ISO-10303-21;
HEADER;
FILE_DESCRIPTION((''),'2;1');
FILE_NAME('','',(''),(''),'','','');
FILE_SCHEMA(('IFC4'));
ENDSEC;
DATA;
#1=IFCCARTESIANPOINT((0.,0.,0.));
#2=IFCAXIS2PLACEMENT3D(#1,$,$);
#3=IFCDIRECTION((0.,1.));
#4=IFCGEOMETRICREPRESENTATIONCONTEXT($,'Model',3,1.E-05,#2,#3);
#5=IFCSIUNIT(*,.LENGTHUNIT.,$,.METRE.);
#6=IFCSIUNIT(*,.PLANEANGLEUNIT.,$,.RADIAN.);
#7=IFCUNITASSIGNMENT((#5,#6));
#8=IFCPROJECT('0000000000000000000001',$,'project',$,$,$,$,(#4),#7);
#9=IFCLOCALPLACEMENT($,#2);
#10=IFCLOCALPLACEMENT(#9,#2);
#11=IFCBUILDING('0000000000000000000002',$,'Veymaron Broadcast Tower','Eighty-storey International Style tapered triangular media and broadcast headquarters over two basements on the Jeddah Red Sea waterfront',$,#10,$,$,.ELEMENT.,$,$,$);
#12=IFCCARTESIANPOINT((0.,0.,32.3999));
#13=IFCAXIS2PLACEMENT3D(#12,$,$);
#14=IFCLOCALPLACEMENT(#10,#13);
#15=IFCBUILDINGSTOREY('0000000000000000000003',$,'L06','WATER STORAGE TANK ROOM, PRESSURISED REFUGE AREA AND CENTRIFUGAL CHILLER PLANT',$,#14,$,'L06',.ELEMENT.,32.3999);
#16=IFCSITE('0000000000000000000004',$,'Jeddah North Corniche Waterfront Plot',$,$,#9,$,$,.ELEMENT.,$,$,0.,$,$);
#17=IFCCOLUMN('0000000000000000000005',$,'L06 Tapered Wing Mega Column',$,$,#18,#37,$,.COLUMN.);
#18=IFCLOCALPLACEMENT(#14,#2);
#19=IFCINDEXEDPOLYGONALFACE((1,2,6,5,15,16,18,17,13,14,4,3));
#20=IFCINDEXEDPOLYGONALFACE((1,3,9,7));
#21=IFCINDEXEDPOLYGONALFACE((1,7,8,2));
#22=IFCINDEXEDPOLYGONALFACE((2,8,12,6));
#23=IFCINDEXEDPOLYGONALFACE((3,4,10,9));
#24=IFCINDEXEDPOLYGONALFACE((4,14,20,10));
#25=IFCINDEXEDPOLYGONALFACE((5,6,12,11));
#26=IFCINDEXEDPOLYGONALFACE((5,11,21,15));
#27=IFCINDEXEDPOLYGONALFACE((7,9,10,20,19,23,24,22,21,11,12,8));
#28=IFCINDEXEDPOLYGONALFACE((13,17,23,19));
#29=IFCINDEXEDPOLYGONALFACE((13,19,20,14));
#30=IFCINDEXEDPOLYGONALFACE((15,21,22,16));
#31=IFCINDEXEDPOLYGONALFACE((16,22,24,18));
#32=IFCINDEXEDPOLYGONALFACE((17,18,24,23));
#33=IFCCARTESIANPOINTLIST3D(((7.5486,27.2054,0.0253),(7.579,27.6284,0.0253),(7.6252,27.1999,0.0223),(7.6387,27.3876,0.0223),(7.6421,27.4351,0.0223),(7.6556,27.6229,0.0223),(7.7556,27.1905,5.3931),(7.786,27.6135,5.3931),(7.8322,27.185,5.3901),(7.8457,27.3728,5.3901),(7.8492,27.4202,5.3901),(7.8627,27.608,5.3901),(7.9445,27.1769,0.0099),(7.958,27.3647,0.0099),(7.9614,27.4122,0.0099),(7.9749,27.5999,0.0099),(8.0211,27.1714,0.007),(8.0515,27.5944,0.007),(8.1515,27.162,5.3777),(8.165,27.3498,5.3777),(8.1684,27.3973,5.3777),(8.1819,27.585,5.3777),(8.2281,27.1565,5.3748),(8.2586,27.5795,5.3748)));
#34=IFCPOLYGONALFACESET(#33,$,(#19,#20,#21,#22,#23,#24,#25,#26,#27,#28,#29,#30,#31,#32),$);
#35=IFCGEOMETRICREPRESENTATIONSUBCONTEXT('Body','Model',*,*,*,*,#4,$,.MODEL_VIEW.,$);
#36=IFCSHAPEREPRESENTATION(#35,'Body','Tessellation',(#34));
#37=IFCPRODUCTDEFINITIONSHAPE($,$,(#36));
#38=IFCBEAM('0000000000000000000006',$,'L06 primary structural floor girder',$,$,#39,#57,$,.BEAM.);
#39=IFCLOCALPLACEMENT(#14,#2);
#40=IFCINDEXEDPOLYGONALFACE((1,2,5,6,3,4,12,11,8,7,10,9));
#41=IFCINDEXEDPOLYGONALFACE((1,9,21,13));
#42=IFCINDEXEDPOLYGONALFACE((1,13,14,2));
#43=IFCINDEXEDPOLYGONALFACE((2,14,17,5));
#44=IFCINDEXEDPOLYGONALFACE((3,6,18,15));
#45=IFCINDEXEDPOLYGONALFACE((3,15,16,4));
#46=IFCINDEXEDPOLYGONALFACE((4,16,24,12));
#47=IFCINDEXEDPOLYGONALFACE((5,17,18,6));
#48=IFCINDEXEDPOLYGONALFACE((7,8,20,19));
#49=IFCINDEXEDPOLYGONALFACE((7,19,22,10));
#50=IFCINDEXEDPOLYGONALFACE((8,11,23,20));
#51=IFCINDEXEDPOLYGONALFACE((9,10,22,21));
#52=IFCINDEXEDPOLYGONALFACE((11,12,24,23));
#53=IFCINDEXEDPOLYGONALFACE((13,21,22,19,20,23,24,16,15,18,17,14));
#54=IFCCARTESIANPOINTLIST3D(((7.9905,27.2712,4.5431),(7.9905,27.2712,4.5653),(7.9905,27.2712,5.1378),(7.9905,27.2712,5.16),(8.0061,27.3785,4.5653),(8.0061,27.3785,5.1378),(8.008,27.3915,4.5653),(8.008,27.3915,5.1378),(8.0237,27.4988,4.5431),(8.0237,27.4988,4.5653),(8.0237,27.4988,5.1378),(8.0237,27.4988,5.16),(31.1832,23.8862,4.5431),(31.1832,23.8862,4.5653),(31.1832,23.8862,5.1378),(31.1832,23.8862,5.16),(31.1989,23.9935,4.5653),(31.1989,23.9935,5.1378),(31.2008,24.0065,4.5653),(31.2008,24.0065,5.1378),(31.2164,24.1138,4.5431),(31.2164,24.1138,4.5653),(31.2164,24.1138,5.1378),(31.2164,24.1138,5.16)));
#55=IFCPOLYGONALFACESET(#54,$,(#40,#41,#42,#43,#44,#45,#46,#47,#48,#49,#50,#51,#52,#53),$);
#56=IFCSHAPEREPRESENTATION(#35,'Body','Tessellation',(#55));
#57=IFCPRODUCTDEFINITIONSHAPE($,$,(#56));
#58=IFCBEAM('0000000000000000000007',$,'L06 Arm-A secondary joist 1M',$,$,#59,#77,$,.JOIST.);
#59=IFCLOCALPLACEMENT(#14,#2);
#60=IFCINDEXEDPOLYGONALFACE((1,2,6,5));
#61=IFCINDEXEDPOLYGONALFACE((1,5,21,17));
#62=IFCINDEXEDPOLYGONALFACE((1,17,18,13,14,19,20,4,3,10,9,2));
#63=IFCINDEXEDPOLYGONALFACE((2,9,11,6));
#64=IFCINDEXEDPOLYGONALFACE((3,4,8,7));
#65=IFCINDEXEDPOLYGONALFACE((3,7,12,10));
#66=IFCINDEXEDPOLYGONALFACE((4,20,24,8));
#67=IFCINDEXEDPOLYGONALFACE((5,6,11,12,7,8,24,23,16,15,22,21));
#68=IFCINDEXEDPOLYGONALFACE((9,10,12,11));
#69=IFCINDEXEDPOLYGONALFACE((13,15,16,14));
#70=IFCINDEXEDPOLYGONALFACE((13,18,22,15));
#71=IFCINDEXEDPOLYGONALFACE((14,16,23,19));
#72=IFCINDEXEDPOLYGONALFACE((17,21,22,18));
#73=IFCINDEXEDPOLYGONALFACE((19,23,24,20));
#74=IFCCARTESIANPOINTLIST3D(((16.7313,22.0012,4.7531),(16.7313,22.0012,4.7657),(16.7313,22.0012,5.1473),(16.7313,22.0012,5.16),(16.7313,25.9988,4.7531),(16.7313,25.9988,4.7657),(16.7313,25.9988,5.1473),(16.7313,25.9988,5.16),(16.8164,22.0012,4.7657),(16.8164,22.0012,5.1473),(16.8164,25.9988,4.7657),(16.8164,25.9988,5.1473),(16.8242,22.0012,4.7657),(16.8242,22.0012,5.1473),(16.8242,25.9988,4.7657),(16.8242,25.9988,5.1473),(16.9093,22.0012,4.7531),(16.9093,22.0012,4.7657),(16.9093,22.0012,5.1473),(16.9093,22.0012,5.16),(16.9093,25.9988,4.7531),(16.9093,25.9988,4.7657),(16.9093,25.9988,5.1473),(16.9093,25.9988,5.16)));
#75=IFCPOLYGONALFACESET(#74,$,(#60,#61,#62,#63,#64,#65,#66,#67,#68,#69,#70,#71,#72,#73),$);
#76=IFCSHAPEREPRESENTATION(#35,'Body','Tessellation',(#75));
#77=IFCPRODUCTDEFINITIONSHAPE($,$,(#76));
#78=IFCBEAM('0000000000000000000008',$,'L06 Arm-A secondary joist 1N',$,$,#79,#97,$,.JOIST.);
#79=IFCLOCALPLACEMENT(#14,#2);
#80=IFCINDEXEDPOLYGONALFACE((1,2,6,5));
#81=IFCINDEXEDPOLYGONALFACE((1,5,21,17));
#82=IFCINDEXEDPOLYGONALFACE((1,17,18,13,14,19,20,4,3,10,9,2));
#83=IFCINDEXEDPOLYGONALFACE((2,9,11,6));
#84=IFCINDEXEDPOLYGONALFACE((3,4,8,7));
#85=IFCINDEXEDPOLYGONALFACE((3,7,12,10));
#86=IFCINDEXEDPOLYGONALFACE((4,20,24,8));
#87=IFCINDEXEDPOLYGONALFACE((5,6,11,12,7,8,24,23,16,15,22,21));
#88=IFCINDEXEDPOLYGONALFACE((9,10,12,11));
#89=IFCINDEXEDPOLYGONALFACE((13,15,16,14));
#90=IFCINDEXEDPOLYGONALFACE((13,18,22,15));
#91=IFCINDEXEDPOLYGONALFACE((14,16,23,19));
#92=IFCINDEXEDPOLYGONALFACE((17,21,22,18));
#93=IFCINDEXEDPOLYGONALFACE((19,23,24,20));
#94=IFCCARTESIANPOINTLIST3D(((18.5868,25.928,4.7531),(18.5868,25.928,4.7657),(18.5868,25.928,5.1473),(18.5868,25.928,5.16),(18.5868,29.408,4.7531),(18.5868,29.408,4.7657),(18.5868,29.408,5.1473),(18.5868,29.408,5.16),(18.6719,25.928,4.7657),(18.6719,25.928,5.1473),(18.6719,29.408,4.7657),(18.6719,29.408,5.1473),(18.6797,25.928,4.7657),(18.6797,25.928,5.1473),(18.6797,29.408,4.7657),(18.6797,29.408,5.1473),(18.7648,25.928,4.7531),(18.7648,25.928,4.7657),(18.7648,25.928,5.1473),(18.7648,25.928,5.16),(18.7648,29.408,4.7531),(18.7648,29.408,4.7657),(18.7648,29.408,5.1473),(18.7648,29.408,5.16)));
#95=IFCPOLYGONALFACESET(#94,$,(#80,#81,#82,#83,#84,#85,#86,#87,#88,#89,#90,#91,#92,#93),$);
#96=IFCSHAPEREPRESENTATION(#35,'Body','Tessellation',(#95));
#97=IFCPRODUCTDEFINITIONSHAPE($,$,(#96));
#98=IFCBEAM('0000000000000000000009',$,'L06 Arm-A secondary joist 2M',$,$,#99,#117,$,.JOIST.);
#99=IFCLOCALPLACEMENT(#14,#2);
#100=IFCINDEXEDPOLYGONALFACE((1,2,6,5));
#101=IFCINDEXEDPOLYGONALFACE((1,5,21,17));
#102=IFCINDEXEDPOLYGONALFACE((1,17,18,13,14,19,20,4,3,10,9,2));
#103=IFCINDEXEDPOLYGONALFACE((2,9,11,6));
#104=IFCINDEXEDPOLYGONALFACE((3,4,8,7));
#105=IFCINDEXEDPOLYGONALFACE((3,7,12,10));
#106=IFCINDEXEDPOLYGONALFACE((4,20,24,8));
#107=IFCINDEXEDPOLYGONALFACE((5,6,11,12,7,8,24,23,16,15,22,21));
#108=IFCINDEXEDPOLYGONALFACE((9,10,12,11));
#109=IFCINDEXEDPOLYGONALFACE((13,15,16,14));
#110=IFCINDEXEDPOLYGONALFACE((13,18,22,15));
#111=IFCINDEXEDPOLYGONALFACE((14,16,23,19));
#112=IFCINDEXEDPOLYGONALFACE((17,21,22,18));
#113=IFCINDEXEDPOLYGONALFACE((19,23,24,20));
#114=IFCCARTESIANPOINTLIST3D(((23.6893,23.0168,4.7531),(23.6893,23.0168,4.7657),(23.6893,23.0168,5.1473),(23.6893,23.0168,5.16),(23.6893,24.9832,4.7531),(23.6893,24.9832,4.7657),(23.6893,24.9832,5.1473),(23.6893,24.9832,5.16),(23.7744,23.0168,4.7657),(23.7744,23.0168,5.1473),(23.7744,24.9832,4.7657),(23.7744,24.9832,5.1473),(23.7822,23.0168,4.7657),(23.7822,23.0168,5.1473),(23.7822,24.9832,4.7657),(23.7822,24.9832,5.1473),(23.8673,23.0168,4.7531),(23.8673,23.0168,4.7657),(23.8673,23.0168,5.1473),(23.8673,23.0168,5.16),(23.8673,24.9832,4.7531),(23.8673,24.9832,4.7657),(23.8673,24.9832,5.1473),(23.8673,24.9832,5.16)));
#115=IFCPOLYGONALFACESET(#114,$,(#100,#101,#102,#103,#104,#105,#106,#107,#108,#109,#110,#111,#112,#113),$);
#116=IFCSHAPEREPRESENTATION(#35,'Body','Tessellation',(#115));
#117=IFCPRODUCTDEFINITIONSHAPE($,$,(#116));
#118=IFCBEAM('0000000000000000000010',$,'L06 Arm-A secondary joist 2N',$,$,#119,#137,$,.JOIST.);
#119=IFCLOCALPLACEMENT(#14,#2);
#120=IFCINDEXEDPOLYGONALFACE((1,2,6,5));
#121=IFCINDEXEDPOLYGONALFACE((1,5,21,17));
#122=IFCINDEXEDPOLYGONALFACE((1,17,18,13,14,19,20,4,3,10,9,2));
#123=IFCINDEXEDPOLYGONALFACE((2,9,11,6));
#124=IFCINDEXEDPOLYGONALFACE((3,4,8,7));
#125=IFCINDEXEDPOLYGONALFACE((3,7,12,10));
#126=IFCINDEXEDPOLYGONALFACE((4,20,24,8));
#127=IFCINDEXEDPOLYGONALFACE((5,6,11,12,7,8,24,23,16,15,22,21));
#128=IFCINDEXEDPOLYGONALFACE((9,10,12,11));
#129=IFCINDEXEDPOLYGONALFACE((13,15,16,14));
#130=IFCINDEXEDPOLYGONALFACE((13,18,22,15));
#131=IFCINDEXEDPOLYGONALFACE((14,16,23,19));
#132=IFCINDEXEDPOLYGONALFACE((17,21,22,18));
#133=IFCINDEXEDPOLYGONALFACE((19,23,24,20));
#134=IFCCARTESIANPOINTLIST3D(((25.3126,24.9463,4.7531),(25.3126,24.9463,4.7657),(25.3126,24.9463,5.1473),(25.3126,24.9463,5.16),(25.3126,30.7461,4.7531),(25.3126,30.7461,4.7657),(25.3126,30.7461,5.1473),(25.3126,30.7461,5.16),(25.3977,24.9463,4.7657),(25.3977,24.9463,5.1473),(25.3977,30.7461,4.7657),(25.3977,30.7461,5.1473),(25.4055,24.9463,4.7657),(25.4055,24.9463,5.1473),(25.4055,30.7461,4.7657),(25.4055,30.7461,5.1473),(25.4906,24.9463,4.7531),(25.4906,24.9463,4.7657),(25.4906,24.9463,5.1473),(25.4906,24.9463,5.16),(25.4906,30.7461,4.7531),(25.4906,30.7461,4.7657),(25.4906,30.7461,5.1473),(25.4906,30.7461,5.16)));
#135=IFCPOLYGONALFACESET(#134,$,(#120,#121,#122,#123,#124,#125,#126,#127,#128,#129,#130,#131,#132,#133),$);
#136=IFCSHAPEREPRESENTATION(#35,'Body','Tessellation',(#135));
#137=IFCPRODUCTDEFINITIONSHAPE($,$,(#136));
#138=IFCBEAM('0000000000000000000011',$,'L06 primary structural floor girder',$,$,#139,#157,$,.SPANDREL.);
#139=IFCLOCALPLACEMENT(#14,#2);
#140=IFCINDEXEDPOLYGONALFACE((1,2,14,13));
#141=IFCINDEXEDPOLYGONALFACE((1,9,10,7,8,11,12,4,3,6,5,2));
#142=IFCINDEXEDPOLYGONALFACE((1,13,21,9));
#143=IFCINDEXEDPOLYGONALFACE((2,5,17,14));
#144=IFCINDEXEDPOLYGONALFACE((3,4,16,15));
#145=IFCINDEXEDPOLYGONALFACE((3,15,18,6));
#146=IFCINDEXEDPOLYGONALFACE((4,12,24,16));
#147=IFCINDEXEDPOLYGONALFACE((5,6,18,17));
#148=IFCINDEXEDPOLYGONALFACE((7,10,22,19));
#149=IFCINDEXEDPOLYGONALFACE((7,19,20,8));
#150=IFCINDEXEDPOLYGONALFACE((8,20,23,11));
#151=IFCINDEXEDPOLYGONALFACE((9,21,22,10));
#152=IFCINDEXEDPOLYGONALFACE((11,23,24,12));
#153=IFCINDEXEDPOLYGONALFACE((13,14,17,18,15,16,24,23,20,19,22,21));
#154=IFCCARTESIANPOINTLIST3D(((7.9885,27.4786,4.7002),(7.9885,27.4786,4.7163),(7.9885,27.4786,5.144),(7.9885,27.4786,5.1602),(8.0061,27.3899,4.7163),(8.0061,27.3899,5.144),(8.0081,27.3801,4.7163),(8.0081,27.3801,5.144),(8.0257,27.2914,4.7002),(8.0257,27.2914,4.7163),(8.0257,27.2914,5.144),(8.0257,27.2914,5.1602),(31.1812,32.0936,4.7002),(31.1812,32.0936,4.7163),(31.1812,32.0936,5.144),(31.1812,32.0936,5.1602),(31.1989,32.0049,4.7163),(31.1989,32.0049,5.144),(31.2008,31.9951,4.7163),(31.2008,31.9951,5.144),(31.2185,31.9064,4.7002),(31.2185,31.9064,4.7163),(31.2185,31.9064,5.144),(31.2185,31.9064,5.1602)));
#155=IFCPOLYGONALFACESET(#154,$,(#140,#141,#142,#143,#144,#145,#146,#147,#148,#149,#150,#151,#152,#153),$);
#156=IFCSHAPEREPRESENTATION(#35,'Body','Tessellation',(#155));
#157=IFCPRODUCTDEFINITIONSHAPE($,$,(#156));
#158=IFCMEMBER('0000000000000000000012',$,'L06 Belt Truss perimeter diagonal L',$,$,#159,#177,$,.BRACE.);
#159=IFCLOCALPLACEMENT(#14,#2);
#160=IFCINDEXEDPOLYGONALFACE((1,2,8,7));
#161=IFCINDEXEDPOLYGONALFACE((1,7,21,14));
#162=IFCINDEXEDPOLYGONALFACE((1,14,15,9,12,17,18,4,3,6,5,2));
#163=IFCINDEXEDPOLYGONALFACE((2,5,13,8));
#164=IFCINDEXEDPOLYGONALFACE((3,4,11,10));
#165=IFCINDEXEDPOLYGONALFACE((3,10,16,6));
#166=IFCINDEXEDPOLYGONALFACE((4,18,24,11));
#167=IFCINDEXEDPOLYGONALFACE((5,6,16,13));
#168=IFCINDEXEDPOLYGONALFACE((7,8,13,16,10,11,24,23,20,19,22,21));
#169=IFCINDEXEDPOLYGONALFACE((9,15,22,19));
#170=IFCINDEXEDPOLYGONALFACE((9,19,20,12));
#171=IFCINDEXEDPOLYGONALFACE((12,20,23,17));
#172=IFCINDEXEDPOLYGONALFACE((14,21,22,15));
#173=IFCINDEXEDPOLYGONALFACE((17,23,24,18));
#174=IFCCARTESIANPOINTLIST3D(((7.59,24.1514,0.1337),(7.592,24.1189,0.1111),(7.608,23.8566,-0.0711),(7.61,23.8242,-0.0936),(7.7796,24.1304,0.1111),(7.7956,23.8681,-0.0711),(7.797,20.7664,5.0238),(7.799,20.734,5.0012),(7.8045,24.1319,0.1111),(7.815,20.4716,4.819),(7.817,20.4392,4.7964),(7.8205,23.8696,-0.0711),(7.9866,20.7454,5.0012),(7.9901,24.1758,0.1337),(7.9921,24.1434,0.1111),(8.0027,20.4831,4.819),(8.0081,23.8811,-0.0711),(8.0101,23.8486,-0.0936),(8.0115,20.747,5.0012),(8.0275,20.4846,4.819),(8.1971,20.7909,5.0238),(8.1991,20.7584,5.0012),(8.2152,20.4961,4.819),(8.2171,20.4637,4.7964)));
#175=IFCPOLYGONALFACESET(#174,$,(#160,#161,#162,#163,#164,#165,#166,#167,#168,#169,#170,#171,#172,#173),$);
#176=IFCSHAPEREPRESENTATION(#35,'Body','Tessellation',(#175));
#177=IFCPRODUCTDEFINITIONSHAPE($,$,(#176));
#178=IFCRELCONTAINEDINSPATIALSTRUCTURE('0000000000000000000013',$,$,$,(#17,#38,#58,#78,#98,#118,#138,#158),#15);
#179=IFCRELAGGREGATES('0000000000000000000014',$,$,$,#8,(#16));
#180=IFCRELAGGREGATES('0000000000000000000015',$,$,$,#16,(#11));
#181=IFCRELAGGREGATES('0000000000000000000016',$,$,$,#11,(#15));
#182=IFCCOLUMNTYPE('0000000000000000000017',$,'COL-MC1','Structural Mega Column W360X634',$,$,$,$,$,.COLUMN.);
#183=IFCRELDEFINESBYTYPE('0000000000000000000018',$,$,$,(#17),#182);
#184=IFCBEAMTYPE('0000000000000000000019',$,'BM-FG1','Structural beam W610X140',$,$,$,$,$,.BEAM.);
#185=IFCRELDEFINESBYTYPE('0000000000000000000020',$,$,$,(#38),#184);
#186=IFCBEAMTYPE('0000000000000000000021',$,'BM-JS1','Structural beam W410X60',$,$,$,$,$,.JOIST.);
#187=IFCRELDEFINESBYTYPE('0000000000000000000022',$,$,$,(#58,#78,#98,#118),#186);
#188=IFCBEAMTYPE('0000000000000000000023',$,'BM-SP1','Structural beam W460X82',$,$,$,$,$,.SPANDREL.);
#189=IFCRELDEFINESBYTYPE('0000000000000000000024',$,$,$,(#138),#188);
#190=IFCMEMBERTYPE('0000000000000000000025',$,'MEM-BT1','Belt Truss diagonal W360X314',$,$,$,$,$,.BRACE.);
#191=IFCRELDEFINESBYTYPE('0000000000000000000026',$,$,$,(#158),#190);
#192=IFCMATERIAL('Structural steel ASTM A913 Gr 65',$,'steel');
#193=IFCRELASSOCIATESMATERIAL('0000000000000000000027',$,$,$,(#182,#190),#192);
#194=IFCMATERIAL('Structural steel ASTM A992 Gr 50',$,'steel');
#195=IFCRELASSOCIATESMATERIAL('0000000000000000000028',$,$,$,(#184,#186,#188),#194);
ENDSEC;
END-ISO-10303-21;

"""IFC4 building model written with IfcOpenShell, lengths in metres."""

from ifc_helpers import new_model, si_unit, direction, frame, origin, origin_2d, place, context, subcontext, project, spatial, i_section, extrude, material, material_profile, profile_set, type_object, element, save


model = new_model("IFC4")

# Units and contexts
model_context = context("Model", 3, precision=1e-05, world=origin(), true_north=direction((0.0, 1.0)))
body_context = subcontext(model_context, "Body", "Model", "MODEL_VIEW")
ifc_project = project(units=[si_unit("LENGTHUNIT", "METRE"), si_unit("PLANEANGLEUNIT", "RADIAN")], contexts=[model_context])

# Site, building, storey
site_placement = place(None, origin())
site = spatial("IfcSite", under=ifc_project, at=site_placement, Name="Jeddah North Corniche Waterfront Plot", CompositionType="ELEMENT", RefElevation=0.0)
building_placement = place(site_placement, origin())
building = spatial("IfcBuilding", under=site, at=building_placement, Name="Veymaron Broadcast Tower", Description="Eighty-storey International Style tapered triangular media and broadcast headquarters over two basements on the Jeddah Red Sea waterfront", CompositionType="ELEMENT")
storey_placement = place(building_placement, frame((0.0, 0.0, 32.3999)))
storey = spatial("IfcBuildingStorey", under=building, at=storey_placement, Name="L06", Description="WATER STORAGE TANK ROOM, PRESSURISED REFUGE AREA AND CENTRIFUGAL CHILLER PLANT", LongName="L06", CompositionType="ELEMENT", Elevation=32.3999)

# Column
ifc_material_1 = material(Name="Structural steel ASTM A913 Gr 65", Category="steel")
ifc_material_profile_1 = material_profile(ifc_material_1, i_section(OverallWidth=0.4241, OverallDepth=0.4741, WebThickness=0.0476, FlangeThickness=0.0769, at=origin_2d()), Name="W360X634")
ifc_profile_set_1 = profile_set([ifc_material_profile_1], Name="Structural steel ASTM A913 Gr 65")
column_type = type_object("IfcColumnType", Name="COL-MC1", Description="Structural Mega Column W360X634", PredefinedType="COLUMN", material=ifc_profile_set_1)
column_placement = place(storey_placement, frame((7.8, 27.3999, 0.0161), z_axis=(0.038539, -0.002772, 0.999253), x_axis=(0.071749, 0.997423, 0.0)))
element("IfcColumn", 1, at=column_placement, inside=storey, type_object=column_type, Name="L06 Tapered Wing Mega Column", PredefinedType="COLUMN", context=body_context, shape_type="SweptSolid", body=[
    extrude(i_section(OverallWidth=0.4241, OverallDepth=0.4741, WebThickness=0.0476, FlangeThickness=0.0769, at=origin_2d()), origin(), (0.0, 0.0, 1.0), 5.3718),
])

# Beams
ifc_material_2 = material(Name="Structural steel ASTM A992 Gr 50", Category="steel")
ifc_material_profile_2 = material_profile(ifc_material_2, i_section(OverallWidth=0.23, OverallDepth=0.6169, WebThickness=0.0132, FlangeThickness=0.0222, at=origin_2d()), Name="W610X140")
ifc_profile_set_2 = profile_set([ifc_material_profile_2], Name="Structural steel ASTM A992 Gr 50")
beam_type_1 = type_object("IfcBeamType", Name="BM-FG1", Description="Structural beam W610X140", PredefinedType="BEAM", material=ifc_profile_set_2)
beam_1_placement = place(storey_placement, frame((8.0071, 27.385, 4.8516), z_axis=(0.989516, -0.14442, 0.0), x_axis=(0.14442, 0.989516, 0.0)))
element("IfcBeam", 2, at=beam_1_placement, inside=storey, type_object=beam_type_1, Name="L06 primary structural floor girder", PredefinedType="BEAM", context=body_context, shape_type="SweptSolid", body=[
    extrude(i_section(OverallWidth=0.23, OverallDepth=0.6169, WebThickness=0.0132, FlangeThickness=0.0222, at=origin_2d()), origin(), (0.0, 0.0, 1.0), 23.4385),
])
ifc_material_profile_3 = material_profile(ifc_material_2, i_section(OverallWidth=0.178, OverallDepth=0.407, WebThickness=0.0078, FlangeThickness=0.0127, at=origin_2d()), Name="W410X60")
ifc_profile_set_3 = profile_set([ifc_material_profile_3], Name="Structural steel ASTM A992 Gr 50")
beam_type_2 = type_object("IfcBeamType", Name="BM-JS1", Description="Structural beam W410X60", PredefinedType="JOIST", material=ifc_profile_set_3)
beam_2_placement = place(storey_placement, frame((16.8203, 22.0012, 4.9565), z_axis=(0.0, 1.0, 0.0), x_axis=(-1.0, 0.0, 0.0)))
element("IfcBeam", 3, at=beam_2_placement, inside=storey, type_object=beam_type_2, Name="L06 Arm-A secondary joist 1M", PredefinedType="JOIST", context=body_context, shape_type="SweptSolid", body=[
    extrude(i_section(OverallWidth=0.178, OverallDepth=0.407, WebThickness=0.0078, FlangeThickness=0.0127, at=origin_2d()), origin(), (0.0, 0.0, 1.0), 3.9976),
])
beam_3_placement = place(storey_placement, frame((18.6758, 25.928, 4.9565), z_axis=(0.0, 1.0, 0.0), x_axis=(-1.0, 0.0, 0.0)))
element("IfcBeam", 4, at=beam_3_placement, inside=storey, type_object=beam_type_2, Name="L06 Arm-A secondary joist 1N", PredefinedType="JOIST", context=body_context, shape_type="SweptSolid", body=[
    extrude(i_section(OverallWidth=0.178, OverallDepth=0.407, WebThickness=0.0078, FlangeThickness=0.0127, at=origin_2d()), origin(), (0.0, 0.0, 1.0), 3.48),
])
beam_4_placement = place(storey_placement, frame((23.7783, 23.0168, 4.9565), z_axis=(0.0, 1.0, 0.0), x_axis=(-1.0, 0.0, 0.0)))
element("IfcBeam", 5, at=beam_4_placement, inside=storey, type_object=beam_type_2, Name="L06 Arm-A secondary joist 2M", PredefinedType="JOIST", context=body_context, shape_type="SweptSolid", body=[
    extrude(i_section(OverallWidth=0.178, OverallDepth=0.407, WebThickness=0.0078, FlangeThickness=0.0127, at=origin_2d()), origin(), (0.0, 0.0, 1.0), 1.9663),
])
beam_5_placement = place(storey_placement, frame((25.4016, 24.9463, 4.9565), z_axis=(0.0, 1.0, 0.0), x_axis=(-1.0, 0.0, 0.0)))
element("IfcBeam", 6, at=beam_5_placement, inside=storey, type_object=beam_type_2, Name="L06 Arm-A secondary joist 2N", PredefinedType="JOIST", context=body_context, shape_type="SweptSolid", body=[
    extrude(i_section(OverallWidth=0.178, OverallDepth=0.407, WebThickness=0.0078, FlangeThickness=0.0127, at=origin_2d()), origin(), (0.0, 0.0, 1.0), 5.7998),
])
ifc_material_profile_4 = material_profile(ifc_material_2, i_section(OverallWidth=0.1909, OverallDepth=0.46, WebThickness=0.01, FlangeThickness=0.0161, at=origin_2d()), Name="W460X82")
ifc_profile_set_4 = profile_set([ifc_material_profile_4], Name="Structural steel ASTM A992 Gr 50")
beam_type_3 = type_object("IfcBeamType", Name="BM-SP1", Description="Structural beam W460X82", PredefinedType="SPANDREL", material=ifc_profile_set_4)
beam_6_placement = place(storey_placement, frame((8.0071, 27.385, 4.9302), z_axis=(0.980772, 0.195157, 0.0), x_axis=(-0.195157, 0.980772, 0.0)))
element("IfcBeam", 7, at=beam_6_placement, inside=storey, type_object=beam_type_3, Name="L06 primary structural floor girder", PredefinedType="SPANDREL", context=body_context, shape_type="SweptSolid", body=[
    extrude(i_section(OverallWidth=0.1909, OverallDepth=0.46, WebThickness=0.01, FlangeThickness=0.0161, at=origin_2d()), origin(), (0.0, 0.0, 1.0), 23.6475),
])

# Member
ifc_material_profile_5 = material_profile(ifc_material_1, i_section(OverallWidth=0.4009, OverallDepth=0.3989, WebThickness=0.0249, FlangeThickness=0.0396, at=origin_2d()), Name="W360X314")
ifc_profile_set_5 = profile_set([ifc_material_profile_5], Name="Structural steel ASTM A913 Gr 65")
member_type = type_object("IfcMemberType", Name="MEM-BT1", Description="Belt Truss diagonal W360X314", PredefinedType="BRACE", material=ifc_profile_set_5)
for number, where, z_axis, x_axis, name in (
    (8, (7.8, 24.0, 0.02), (0.034789, -0.568812, 0.821731), (0.998135, 0.061047, 0.0), "L06 Belt Truss perimeter diagonal L"),
):
    element("IfcMember", number, at=place(storey_placement, frame(where, z_axis=z_axis, x_axis=x_axis)), inside=storey, type_object=member_type, Name=name, PredefinedType="BRACE", context=body_context, shape_type="SweptSolid", body=[
        extrude(i_section(OverallWidth=0.4009, OverallDepth=0.3989, WebThickness=0.0249, FlangeThickness=0.0396, at=origin_2d()), origin(), (0.0, 0.0, 1.0), 5.9509),
    ])

save(model, "model.ifc")
